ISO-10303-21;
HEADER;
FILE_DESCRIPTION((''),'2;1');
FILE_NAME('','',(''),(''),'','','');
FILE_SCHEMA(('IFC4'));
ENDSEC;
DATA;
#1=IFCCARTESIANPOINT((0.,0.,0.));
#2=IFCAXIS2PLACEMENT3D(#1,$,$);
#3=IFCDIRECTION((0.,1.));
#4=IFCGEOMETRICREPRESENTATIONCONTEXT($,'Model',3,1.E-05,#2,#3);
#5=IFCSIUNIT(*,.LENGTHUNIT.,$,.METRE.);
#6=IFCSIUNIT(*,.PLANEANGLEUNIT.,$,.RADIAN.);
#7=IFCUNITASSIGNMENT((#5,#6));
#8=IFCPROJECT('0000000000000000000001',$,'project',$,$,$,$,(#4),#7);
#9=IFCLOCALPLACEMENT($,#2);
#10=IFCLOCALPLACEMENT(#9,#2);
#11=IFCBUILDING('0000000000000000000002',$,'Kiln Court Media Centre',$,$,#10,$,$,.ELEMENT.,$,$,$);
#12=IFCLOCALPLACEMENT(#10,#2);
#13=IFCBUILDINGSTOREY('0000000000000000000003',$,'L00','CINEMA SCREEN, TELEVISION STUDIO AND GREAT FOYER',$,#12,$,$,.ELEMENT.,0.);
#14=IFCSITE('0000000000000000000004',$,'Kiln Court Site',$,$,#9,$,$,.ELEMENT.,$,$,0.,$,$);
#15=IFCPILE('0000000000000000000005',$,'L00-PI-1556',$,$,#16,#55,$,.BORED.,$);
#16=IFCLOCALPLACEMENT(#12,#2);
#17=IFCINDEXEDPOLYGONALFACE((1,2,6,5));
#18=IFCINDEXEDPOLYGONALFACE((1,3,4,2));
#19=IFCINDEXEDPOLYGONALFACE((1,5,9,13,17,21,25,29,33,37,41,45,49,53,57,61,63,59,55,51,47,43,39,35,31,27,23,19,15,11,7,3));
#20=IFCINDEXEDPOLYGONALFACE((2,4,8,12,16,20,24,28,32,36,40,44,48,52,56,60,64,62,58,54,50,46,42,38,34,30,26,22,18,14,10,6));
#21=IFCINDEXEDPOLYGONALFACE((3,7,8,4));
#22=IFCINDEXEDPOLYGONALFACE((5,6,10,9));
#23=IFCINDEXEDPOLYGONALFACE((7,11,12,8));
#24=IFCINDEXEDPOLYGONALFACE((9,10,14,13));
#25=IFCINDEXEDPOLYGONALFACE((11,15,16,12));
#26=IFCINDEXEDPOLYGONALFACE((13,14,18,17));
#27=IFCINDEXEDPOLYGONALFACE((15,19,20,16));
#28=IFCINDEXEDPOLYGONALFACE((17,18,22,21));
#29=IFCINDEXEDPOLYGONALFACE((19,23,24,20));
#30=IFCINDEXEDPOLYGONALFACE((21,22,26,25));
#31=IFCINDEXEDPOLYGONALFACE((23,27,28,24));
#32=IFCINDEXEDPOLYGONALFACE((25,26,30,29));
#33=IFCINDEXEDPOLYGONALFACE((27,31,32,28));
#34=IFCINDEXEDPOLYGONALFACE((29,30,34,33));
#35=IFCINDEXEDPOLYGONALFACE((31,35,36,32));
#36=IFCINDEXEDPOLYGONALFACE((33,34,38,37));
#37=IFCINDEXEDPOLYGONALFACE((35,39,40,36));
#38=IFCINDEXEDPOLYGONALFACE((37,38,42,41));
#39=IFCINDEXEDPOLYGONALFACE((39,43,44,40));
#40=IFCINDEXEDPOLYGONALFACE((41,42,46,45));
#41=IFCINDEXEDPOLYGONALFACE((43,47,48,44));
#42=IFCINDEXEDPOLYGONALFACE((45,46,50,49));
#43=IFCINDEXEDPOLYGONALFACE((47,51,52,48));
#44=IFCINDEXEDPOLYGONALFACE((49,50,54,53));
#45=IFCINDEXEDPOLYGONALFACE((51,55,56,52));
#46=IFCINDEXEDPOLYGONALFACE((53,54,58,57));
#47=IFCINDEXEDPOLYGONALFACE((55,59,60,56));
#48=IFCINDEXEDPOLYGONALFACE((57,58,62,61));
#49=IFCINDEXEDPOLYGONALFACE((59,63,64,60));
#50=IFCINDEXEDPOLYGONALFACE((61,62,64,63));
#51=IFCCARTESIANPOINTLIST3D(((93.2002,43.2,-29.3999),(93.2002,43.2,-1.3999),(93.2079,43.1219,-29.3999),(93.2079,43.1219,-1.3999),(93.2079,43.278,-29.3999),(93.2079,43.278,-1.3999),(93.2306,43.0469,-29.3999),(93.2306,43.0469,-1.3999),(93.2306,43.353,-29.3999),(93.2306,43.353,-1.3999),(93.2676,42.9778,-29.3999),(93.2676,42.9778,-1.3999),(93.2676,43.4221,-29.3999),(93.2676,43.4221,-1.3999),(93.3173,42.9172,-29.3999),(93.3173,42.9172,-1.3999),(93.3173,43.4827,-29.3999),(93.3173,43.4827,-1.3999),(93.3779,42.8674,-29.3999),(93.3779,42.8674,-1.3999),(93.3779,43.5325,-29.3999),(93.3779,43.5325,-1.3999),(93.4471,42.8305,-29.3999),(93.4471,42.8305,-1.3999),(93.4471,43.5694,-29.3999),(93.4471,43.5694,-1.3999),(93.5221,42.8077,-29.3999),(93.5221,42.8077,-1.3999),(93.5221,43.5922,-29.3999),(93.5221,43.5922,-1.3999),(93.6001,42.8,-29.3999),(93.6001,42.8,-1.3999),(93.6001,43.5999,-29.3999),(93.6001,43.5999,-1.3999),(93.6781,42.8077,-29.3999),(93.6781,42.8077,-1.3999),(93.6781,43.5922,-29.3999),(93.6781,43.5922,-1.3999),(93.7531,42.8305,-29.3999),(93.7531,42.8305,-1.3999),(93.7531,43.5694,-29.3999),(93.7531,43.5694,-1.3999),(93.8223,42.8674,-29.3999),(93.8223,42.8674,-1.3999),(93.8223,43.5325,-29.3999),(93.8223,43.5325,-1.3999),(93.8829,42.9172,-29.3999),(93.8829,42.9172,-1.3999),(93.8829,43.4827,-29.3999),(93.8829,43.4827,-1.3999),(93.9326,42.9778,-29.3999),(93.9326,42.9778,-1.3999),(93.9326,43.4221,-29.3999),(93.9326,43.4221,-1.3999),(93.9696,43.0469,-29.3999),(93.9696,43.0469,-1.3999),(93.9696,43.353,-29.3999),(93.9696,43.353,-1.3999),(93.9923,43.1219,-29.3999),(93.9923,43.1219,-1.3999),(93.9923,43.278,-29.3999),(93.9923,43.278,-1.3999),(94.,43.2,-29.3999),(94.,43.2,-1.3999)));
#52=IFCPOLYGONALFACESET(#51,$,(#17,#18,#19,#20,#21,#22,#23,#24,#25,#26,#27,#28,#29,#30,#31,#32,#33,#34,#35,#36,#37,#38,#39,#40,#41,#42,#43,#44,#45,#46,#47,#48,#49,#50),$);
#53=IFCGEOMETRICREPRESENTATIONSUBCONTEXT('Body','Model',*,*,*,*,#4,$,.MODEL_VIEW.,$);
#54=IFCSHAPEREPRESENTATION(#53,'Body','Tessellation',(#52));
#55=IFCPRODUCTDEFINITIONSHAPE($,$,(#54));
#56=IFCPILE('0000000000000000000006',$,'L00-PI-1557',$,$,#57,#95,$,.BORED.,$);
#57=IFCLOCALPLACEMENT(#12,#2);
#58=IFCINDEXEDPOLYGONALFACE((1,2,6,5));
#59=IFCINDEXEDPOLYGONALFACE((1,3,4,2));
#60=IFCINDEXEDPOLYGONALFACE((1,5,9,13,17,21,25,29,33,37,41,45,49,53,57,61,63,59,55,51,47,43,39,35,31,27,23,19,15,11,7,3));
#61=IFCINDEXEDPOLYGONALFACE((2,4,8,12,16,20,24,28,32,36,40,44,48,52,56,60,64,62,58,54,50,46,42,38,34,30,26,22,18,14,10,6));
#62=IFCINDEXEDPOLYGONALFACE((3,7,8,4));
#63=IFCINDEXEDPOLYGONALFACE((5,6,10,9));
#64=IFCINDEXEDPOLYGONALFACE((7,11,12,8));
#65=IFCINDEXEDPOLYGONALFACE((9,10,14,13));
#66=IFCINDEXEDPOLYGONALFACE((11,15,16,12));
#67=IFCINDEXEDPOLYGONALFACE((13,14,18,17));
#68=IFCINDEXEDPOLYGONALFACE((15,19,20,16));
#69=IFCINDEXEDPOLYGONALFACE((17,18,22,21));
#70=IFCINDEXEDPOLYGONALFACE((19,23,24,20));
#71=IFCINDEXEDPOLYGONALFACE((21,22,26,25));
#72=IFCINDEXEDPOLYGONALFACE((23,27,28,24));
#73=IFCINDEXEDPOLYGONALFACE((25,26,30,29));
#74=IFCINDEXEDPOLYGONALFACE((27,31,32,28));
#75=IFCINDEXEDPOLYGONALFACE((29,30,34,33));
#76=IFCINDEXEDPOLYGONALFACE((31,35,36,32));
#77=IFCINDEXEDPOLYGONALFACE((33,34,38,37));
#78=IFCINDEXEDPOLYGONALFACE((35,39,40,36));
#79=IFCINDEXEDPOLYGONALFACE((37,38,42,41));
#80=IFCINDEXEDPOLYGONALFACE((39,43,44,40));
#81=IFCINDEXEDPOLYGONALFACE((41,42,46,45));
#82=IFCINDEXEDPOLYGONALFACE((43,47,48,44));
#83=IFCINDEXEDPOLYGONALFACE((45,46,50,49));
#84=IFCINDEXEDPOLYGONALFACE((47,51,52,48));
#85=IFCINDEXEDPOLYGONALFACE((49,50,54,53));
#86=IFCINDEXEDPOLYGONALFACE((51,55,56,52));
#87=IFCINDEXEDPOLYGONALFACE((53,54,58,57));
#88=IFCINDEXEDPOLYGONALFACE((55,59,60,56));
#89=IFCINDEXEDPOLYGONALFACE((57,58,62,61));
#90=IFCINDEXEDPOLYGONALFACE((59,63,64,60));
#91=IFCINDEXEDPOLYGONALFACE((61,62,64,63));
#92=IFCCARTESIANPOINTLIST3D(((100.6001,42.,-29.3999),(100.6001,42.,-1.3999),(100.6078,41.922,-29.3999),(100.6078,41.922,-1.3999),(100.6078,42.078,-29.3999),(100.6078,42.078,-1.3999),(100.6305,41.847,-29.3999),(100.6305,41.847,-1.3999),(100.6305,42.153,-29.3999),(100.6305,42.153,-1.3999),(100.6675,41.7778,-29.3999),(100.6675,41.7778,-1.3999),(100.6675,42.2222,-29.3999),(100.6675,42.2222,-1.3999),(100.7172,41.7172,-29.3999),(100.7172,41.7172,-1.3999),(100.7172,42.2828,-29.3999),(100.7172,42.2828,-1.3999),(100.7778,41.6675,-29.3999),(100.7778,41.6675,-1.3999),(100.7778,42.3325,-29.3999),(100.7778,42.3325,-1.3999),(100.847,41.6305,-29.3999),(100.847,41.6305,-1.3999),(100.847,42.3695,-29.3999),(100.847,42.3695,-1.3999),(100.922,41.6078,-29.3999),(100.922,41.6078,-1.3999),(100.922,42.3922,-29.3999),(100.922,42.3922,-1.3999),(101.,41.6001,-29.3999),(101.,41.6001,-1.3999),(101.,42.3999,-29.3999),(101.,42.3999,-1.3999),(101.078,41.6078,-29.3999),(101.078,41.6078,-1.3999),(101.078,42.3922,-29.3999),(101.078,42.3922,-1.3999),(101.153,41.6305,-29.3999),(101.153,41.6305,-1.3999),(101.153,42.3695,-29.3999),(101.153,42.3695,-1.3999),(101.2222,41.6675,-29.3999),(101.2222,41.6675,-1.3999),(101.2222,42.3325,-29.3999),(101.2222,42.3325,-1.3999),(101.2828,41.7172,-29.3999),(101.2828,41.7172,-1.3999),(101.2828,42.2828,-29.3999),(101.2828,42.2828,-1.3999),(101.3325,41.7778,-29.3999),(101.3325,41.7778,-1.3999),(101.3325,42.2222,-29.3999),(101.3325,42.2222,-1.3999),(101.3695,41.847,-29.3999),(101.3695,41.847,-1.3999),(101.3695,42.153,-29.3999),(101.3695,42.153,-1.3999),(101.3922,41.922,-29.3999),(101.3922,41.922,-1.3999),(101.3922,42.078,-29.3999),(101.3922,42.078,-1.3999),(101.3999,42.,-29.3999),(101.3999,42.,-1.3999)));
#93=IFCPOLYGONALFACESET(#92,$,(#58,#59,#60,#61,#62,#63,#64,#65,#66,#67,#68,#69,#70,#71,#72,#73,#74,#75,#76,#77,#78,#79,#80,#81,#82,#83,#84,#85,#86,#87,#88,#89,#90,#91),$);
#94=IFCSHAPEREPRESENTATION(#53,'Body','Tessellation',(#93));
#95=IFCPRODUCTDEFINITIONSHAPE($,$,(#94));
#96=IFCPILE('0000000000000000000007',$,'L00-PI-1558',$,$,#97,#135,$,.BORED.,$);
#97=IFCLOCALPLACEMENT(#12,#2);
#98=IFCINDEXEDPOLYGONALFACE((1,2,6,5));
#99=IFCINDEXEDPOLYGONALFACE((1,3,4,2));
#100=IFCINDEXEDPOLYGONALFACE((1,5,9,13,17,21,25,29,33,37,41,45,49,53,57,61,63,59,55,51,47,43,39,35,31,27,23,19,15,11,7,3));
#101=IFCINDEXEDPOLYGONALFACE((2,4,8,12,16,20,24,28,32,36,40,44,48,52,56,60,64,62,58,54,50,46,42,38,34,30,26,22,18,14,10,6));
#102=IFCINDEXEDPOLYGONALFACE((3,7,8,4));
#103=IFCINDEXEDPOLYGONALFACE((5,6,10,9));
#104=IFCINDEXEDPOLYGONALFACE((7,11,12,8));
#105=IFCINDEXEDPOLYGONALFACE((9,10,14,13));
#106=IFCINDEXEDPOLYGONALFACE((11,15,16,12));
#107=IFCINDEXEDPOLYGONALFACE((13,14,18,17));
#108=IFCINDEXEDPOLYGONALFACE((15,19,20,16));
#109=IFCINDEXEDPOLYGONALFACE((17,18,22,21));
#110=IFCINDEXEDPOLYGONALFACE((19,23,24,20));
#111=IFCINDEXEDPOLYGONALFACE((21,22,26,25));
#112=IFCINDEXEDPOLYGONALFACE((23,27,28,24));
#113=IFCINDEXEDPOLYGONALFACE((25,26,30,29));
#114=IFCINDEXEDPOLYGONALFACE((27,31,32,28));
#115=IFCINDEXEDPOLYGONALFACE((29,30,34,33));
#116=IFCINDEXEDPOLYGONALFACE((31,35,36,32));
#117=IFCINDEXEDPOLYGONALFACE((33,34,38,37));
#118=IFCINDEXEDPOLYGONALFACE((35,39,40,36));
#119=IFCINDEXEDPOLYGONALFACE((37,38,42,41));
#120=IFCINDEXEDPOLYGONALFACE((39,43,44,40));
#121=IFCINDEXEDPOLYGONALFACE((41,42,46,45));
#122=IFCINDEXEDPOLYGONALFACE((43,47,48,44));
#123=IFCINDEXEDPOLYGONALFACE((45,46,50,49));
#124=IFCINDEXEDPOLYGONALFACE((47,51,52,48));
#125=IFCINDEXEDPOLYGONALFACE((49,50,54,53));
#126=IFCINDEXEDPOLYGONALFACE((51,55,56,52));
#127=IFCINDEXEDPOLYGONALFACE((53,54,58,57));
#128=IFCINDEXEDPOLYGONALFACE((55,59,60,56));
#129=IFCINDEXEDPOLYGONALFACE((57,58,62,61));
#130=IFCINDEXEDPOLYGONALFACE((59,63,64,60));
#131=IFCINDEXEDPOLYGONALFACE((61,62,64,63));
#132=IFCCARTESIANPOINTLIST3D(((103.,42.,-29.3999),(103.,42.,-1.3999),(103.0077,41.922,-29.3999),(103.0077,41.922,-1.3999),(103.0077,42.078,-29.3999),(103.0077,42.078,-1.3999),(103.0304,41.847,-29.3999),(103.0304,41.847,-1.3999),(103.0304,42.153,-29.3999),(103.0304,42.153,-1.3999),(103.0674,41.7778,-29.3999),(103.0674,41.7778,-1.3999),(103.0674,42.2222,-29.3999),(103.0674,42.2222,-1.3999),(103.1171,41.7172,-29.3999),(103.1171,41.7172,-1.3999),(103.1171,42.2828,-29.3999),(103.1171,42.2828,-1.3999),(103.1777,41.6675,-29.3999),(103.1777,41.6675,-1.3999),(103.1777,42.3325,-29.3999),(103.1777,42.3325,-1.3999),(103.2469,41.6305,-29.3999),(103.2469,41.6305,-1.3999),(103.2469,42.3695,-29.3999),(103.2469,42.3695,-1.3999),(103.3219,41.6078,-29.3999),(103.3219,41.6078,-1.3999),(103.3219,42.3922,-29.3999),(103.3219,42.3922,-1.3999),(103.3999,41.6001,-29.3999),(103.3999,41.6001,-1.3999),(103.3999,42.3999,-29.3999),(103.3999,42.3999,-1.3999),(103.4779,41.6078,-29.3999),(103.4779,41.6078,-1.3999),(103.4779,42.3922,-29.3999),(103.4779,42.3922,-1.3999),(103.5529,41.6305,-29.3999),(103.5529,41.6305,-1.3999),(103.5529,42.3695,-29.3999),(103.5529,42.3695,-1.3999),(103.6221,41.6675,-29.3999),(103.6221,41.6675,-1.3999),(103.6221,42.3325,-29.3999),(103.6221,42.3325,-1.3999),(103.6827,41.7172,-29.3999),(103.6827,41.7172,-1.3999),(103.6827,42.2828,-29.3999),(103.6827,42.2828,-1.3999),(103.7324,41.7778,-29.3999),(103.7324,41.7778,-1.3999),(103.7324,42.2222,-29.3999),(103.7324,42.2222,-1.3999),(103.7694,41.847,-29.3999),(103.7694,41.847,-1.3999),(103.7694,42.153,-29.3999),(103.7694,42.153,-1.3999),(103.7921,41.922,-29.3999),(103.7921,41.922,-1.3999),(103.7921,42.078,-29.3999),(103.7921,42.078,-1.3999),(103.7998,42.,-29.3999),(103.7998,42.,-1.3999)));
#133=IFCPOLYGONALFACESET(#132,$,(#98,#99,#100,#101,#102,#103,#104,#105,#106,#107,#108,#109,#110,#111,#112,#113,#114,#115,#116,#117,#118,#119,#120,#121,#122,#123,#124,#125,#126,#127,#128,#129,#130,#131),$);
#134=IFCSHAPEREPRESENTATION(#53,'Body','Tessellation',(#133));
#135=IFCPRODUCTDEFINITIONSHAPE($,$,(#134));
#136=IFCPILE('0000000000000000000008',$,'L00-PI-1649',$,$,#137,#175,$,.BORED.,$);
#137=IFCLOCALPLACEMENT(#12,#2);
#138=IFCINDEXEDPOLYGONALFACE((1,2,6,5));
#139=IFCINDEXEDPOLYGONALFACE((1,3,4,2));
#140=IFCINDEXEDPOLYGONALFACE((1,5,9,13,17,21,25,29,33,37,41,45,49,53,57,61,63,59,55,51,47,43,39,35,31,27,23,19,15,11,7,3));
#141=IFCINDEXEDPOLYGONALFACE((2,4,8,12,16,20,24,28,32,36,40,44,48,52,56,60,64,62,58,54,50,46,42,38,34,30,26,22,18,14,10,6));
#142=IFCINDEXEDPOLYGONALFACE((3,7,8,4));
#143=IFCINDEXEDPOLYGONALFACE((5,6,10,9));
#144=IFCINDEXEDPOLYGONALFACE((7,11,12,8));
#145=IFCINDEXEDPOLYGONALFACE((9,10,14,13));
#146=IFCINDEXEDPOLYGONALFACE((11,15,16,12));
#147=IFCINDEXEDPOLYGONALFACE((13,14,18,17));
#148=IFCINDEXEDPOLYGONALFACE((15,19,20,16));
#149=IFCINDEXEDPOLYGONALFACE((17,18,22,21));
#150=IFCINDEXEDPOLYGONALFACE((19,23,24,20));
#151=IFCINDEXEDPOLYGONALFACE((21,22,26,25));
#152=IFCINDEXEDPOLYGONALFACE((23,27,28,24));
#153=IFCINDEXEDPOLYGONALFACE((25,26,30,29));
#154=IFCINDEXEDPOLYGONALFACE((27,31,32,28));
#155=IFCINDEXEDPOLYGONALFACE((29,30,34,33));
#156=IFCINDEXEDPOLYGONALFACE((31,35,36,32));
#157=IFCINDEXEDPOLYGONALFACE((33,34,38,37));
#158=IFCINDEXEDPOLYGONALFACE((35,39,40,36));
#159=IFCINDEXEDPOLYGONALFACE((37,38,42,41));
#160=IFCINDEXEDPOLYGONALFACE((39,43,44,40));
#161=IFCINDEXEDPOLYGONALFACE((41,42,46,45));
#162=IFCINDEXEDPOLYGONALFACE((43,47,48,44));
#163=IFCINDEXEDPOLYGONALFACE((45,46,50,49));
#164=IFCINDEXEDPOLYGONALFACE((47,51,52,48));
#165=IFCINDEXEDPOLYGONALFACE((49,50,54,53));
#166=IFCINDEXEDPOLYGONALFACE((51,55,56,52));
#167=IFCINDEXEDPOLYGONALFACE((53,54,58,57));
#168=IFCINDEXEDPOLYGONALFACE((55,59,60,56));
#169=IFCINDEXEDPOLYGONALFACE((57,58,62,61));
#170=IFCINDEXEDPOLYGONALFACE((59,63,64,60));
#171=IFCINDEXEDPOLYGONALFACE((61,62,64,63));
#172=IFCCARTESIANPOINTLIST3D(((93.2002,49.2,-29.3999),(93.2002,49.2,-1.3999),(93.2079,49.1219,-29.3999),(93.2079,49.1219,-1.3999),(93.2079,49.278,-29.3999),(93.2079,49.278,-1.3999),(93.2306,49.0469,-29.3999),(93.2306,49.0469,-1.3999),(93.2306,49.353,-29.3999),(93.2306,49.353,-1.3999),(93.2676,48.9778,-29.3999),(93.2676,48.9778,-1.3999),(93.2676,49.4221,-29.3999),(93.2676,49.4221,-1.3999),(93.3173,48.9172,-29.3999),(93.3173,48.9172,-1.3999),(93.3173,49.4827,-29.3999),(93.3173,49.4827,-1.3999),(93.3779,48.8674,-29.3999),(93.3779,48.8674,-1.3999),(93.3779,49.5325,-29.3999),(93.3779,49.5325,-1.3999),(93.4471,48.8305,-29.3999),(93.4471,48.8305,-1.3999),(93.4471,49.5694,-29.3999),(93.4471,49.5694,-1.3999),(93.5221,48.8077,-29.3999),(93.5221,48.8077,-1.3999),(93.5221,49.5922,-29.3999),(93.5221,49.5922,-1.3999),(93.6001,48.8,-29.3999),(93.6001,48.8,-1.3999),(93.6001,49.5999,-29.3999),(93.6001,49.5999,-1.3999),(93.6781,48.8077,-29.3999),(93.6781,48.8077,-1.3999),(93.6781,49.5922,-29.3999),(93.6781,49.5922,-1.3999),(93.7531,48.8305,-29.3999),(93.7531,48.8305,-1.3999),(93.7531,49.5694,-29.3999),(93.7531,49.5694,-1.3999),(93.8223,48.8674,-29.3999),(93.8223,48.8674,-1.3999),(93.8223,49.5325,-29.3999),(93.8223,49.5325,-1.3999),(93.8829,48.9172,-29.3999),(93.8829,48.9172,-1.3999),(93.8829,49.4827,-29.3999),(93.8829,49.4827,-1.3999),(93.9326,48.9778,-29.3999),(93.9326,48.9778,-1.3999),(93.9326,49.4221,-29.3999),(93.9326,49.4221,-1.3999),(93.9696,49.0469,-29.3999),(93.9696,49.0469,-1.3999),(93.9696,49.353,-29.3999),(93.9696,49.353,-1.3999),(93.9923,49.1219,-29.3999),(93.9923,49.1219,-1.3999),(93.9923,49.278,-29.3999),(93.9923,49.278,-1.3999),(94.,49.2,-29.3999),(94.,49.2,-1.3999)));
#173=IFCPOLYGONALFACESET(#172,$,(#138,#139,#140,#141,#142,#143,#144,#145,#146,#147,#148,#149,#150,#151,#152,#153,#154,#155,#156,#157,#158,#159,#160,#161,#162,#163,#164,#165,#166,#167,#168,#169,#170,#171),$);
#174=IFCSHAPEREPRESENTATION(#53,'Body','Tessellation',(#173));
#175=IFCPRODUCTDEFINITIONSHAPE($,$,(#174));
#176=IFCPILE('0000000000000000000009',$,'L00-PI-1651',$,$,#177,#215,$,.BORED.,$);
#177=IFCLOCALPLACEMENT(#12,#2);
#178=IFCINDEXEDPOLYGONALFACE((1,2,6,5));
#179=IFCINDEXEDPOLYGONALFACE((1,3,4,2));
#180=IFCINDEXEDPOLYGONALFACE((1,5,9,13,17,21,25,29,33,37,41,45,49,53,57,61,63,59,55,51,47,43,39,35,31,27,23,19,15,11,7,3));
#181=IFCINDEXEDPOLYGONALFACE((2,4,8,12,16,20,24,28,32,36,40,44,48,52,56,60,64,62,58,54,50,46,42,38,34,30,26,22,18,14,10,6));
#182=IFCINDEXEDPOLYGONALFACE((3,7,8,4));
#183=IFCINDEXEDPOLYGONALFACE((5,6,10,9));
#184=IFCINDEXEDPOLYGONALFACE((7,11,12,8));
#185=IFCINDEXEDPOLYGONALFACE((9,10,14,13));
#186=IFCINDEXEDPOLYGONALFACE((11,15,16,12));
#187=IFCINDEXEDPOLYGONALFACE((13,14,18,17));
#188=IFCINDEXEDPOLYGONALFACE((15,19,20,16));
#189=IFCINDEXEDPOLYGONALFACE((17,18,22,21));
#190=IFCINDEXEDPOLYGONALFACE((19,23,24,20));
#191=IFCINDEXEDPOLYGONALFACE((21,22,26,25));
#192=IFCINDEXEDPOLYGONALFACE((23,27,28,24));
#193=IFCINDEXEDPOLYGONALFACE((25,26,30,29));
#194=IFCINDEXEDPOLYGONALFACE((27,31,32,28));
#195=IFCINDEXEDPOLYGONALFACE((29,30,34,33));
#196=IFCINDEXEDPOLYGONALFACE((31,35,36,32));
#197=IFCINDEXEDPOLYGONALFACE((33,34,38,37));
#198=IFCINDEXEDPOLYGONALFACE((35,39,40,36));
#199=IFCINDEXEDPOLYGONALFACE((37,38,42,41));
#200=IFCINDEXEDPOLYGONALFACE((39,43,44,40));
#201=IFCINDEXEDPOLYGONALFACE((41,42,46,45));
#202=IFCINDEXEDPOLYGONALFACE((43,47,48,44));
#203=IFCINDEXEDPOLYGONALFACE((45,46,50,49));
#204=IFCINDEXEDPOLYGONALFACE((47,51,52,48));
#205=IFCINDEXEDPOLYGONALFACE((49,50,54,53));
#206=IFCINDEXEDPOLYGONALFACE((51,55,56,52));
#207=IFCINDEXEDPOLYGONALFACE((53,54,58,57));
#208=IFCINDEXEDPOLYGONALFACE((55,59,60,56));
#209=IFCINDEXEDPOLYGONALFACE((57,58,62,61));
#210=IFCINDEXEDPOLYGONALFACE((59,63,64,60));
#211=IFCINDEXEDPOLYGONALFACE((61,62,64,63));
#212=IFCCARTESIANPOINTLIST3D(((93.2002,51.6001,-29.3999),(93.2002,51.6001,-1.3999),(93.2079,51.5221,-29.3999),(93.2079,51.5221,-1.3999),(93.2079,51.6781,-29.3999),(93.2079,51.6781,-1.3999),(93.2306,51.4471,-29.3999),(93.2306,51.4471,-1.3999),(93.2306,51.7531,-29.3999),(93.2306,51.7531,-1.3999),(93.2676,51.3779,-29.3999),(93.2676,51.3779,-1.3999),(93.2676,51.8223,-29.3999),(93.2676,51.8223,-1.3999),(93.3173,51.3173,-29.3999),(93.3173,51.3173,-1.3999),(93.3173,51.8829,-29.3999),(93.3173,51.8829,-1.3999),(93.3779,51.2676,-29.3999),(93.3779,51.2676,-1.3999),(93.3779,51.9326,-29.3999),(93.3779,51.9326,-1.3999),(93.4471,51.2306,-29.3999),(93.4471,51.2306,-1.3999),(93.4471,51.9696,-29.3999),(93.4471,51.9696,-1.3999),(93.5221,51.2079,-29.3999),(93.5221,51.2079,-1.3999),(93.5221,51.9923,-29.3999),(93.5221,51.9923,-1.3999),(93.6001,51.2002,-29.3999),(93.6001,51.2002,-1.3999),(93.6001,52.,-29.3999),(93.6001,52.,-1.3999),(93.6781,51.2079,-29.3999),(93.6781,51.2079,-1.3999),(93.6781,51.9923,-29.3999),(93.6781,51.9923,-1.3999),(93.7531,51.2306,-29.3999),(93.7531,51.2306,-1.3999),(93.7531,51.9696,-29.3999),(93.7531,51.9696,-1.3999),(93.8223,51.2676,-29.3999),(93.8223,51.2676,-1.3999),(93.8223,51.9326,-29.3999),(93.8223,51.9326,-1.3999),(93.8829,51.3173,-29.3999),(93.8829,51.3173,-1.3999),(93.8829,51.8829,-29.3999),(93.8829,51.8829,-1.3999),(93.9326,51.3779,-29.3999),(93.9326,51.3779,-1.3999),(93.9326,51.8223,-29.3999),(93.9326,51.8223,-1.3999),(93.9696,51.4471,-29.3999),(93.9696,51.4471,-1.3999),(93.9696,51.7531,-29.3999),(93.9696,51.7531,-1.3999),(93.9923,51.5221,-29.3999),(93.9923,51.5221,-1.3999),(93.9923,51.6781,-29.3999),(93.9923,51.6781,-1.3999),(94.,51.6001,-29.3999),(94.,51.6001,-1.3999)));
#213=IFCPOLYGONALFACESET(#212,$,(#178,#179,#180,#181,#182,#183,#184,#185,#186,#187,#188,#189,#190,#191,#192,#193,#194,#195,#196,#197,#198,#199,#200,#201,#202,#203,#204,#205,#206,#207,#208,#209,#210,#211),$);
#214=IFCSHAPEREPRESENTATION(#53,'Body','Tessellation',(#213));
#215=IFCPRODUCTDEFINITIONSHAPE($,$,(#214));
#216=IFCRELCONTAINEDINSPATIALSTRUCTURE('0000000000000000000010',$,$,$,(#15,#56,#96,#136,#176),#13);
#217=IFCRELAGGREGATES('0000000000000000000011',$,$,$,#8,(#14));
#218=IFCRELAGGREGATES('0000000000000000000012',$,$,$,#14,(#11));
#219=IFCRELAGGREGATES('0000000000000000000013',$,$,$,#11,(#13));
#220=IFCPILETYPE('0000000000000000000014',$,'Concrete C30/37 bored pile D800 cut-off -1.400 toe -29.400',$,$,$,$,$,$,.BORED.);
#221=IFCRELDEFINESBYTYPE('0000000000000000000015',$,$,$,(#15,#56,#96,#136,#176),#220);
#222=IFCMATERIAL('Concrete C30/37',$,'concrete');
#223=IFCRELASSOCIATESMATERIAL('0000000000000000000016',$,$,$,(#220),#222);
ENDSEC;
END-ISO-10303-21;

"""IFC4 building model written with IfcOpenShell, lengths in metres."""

from ifc_helpers import new_model, si_unit, direction, frame, origin, origin_2d, place, context, subcontext, project, spatial, circle, extrude, material, material_profile, profile_set, type_object, element, save


model = new_model("IFC4")

# Units and contexts
model_context = context("Model", 3, precision=1e-05, world=origin(), true_north=direction((0.0, 1.0)))
body_context = subcontext(model_context, "Body", "Model", "MODEL_VIEW")
ifc_project = project(units=[si_unit("LENGTHUNIT", "METRE"), si_unit("PLANEANGLEUNIT", "RADIAN")], contexts=[model_context])

# Site, building, storey
site_placement = place(None, origin())
site = spatial("IfcSite", under=ifc_project, at=site_placement, Name="Kiln Court Site", CompositionType="ELEMENT", RefElevation=0.0)
building_placement = place(site_placement, origin())
building = spatial("IfcBuilding", under=site, at=building_placement, Name="Kiln Court Media Centre", CompositionType="ELEMENT")
storey_placement = place(building_placement, origin())
storey = spatial("IfcBuildingStorey", under=building, at=storey_placement, Name="L00", Description="CINEMA SCREEN, TELEVISION STUDIO AND GREAT FOYER", CompositionType="ELEMENT", Elevation=0.0)

# Piles
ifc_material_1 = material(Name="Concrete C30/37", Category="concrete")
ifc_material_profile_1 = material_profile(ifc_material_1, circle(Radius=0.3999, at=origin_2d()), Name="PILE D800")
ifc_profile_set_1 = profile_set([ifc_material_profile_1], Name="Concrete C30/37")
pile_type = type_object("IfcPileType", Name="Concrete C30/37 bored pile D800 cut-off -1.400 toe -29.400", PredefinedType="BORED", material=ifc_profile_set_1)
for number, where, z_axis, x_axis, name in (
    (1, (93.6001, 43.2, -1.3999), (0.0, 0.0, -1.0), (1.0, 0.0, 0.0), "L00-PI-1556"),
    (2, (101.0, 42.0, -1.3999), (0.0, 0.0, -1.0), (1.0, 0.0, 0.0), "L00-PI-1557"),
    (3, (103.3999, 42.0, -1.3999), (0.0, 0.0, -1.0), (1.0, 0.0, 0.0), "L00-PI-1558"),
    (4, (93.6001, 49.2, -1.3999), (0.0, 0.0, -1.0), (1.0, 0.0, 0.0), "L00-PI-1649"),
    (5, (93.6001, 51.6001, -1.3999), (0.0, 0.0, -1.0), (1.0, 0.0, 0.0), "L00-PI-1651"),
):
    element("IfcPile", number, at=place(storey_placement, frame(where, z_axis=z_axis, x_axis=x_axis)), inside=storey, type_object=pile_type, Name=name, PredefinedType="BORED", context=body_context, shape_type="SweptSolid", body=[
        extrude(circle(Radius=0.3999, at=origin_2d()), origin(), (0.0, 0.0, 1.0), 28.0),
    ])

save(model, "model.ifc")
